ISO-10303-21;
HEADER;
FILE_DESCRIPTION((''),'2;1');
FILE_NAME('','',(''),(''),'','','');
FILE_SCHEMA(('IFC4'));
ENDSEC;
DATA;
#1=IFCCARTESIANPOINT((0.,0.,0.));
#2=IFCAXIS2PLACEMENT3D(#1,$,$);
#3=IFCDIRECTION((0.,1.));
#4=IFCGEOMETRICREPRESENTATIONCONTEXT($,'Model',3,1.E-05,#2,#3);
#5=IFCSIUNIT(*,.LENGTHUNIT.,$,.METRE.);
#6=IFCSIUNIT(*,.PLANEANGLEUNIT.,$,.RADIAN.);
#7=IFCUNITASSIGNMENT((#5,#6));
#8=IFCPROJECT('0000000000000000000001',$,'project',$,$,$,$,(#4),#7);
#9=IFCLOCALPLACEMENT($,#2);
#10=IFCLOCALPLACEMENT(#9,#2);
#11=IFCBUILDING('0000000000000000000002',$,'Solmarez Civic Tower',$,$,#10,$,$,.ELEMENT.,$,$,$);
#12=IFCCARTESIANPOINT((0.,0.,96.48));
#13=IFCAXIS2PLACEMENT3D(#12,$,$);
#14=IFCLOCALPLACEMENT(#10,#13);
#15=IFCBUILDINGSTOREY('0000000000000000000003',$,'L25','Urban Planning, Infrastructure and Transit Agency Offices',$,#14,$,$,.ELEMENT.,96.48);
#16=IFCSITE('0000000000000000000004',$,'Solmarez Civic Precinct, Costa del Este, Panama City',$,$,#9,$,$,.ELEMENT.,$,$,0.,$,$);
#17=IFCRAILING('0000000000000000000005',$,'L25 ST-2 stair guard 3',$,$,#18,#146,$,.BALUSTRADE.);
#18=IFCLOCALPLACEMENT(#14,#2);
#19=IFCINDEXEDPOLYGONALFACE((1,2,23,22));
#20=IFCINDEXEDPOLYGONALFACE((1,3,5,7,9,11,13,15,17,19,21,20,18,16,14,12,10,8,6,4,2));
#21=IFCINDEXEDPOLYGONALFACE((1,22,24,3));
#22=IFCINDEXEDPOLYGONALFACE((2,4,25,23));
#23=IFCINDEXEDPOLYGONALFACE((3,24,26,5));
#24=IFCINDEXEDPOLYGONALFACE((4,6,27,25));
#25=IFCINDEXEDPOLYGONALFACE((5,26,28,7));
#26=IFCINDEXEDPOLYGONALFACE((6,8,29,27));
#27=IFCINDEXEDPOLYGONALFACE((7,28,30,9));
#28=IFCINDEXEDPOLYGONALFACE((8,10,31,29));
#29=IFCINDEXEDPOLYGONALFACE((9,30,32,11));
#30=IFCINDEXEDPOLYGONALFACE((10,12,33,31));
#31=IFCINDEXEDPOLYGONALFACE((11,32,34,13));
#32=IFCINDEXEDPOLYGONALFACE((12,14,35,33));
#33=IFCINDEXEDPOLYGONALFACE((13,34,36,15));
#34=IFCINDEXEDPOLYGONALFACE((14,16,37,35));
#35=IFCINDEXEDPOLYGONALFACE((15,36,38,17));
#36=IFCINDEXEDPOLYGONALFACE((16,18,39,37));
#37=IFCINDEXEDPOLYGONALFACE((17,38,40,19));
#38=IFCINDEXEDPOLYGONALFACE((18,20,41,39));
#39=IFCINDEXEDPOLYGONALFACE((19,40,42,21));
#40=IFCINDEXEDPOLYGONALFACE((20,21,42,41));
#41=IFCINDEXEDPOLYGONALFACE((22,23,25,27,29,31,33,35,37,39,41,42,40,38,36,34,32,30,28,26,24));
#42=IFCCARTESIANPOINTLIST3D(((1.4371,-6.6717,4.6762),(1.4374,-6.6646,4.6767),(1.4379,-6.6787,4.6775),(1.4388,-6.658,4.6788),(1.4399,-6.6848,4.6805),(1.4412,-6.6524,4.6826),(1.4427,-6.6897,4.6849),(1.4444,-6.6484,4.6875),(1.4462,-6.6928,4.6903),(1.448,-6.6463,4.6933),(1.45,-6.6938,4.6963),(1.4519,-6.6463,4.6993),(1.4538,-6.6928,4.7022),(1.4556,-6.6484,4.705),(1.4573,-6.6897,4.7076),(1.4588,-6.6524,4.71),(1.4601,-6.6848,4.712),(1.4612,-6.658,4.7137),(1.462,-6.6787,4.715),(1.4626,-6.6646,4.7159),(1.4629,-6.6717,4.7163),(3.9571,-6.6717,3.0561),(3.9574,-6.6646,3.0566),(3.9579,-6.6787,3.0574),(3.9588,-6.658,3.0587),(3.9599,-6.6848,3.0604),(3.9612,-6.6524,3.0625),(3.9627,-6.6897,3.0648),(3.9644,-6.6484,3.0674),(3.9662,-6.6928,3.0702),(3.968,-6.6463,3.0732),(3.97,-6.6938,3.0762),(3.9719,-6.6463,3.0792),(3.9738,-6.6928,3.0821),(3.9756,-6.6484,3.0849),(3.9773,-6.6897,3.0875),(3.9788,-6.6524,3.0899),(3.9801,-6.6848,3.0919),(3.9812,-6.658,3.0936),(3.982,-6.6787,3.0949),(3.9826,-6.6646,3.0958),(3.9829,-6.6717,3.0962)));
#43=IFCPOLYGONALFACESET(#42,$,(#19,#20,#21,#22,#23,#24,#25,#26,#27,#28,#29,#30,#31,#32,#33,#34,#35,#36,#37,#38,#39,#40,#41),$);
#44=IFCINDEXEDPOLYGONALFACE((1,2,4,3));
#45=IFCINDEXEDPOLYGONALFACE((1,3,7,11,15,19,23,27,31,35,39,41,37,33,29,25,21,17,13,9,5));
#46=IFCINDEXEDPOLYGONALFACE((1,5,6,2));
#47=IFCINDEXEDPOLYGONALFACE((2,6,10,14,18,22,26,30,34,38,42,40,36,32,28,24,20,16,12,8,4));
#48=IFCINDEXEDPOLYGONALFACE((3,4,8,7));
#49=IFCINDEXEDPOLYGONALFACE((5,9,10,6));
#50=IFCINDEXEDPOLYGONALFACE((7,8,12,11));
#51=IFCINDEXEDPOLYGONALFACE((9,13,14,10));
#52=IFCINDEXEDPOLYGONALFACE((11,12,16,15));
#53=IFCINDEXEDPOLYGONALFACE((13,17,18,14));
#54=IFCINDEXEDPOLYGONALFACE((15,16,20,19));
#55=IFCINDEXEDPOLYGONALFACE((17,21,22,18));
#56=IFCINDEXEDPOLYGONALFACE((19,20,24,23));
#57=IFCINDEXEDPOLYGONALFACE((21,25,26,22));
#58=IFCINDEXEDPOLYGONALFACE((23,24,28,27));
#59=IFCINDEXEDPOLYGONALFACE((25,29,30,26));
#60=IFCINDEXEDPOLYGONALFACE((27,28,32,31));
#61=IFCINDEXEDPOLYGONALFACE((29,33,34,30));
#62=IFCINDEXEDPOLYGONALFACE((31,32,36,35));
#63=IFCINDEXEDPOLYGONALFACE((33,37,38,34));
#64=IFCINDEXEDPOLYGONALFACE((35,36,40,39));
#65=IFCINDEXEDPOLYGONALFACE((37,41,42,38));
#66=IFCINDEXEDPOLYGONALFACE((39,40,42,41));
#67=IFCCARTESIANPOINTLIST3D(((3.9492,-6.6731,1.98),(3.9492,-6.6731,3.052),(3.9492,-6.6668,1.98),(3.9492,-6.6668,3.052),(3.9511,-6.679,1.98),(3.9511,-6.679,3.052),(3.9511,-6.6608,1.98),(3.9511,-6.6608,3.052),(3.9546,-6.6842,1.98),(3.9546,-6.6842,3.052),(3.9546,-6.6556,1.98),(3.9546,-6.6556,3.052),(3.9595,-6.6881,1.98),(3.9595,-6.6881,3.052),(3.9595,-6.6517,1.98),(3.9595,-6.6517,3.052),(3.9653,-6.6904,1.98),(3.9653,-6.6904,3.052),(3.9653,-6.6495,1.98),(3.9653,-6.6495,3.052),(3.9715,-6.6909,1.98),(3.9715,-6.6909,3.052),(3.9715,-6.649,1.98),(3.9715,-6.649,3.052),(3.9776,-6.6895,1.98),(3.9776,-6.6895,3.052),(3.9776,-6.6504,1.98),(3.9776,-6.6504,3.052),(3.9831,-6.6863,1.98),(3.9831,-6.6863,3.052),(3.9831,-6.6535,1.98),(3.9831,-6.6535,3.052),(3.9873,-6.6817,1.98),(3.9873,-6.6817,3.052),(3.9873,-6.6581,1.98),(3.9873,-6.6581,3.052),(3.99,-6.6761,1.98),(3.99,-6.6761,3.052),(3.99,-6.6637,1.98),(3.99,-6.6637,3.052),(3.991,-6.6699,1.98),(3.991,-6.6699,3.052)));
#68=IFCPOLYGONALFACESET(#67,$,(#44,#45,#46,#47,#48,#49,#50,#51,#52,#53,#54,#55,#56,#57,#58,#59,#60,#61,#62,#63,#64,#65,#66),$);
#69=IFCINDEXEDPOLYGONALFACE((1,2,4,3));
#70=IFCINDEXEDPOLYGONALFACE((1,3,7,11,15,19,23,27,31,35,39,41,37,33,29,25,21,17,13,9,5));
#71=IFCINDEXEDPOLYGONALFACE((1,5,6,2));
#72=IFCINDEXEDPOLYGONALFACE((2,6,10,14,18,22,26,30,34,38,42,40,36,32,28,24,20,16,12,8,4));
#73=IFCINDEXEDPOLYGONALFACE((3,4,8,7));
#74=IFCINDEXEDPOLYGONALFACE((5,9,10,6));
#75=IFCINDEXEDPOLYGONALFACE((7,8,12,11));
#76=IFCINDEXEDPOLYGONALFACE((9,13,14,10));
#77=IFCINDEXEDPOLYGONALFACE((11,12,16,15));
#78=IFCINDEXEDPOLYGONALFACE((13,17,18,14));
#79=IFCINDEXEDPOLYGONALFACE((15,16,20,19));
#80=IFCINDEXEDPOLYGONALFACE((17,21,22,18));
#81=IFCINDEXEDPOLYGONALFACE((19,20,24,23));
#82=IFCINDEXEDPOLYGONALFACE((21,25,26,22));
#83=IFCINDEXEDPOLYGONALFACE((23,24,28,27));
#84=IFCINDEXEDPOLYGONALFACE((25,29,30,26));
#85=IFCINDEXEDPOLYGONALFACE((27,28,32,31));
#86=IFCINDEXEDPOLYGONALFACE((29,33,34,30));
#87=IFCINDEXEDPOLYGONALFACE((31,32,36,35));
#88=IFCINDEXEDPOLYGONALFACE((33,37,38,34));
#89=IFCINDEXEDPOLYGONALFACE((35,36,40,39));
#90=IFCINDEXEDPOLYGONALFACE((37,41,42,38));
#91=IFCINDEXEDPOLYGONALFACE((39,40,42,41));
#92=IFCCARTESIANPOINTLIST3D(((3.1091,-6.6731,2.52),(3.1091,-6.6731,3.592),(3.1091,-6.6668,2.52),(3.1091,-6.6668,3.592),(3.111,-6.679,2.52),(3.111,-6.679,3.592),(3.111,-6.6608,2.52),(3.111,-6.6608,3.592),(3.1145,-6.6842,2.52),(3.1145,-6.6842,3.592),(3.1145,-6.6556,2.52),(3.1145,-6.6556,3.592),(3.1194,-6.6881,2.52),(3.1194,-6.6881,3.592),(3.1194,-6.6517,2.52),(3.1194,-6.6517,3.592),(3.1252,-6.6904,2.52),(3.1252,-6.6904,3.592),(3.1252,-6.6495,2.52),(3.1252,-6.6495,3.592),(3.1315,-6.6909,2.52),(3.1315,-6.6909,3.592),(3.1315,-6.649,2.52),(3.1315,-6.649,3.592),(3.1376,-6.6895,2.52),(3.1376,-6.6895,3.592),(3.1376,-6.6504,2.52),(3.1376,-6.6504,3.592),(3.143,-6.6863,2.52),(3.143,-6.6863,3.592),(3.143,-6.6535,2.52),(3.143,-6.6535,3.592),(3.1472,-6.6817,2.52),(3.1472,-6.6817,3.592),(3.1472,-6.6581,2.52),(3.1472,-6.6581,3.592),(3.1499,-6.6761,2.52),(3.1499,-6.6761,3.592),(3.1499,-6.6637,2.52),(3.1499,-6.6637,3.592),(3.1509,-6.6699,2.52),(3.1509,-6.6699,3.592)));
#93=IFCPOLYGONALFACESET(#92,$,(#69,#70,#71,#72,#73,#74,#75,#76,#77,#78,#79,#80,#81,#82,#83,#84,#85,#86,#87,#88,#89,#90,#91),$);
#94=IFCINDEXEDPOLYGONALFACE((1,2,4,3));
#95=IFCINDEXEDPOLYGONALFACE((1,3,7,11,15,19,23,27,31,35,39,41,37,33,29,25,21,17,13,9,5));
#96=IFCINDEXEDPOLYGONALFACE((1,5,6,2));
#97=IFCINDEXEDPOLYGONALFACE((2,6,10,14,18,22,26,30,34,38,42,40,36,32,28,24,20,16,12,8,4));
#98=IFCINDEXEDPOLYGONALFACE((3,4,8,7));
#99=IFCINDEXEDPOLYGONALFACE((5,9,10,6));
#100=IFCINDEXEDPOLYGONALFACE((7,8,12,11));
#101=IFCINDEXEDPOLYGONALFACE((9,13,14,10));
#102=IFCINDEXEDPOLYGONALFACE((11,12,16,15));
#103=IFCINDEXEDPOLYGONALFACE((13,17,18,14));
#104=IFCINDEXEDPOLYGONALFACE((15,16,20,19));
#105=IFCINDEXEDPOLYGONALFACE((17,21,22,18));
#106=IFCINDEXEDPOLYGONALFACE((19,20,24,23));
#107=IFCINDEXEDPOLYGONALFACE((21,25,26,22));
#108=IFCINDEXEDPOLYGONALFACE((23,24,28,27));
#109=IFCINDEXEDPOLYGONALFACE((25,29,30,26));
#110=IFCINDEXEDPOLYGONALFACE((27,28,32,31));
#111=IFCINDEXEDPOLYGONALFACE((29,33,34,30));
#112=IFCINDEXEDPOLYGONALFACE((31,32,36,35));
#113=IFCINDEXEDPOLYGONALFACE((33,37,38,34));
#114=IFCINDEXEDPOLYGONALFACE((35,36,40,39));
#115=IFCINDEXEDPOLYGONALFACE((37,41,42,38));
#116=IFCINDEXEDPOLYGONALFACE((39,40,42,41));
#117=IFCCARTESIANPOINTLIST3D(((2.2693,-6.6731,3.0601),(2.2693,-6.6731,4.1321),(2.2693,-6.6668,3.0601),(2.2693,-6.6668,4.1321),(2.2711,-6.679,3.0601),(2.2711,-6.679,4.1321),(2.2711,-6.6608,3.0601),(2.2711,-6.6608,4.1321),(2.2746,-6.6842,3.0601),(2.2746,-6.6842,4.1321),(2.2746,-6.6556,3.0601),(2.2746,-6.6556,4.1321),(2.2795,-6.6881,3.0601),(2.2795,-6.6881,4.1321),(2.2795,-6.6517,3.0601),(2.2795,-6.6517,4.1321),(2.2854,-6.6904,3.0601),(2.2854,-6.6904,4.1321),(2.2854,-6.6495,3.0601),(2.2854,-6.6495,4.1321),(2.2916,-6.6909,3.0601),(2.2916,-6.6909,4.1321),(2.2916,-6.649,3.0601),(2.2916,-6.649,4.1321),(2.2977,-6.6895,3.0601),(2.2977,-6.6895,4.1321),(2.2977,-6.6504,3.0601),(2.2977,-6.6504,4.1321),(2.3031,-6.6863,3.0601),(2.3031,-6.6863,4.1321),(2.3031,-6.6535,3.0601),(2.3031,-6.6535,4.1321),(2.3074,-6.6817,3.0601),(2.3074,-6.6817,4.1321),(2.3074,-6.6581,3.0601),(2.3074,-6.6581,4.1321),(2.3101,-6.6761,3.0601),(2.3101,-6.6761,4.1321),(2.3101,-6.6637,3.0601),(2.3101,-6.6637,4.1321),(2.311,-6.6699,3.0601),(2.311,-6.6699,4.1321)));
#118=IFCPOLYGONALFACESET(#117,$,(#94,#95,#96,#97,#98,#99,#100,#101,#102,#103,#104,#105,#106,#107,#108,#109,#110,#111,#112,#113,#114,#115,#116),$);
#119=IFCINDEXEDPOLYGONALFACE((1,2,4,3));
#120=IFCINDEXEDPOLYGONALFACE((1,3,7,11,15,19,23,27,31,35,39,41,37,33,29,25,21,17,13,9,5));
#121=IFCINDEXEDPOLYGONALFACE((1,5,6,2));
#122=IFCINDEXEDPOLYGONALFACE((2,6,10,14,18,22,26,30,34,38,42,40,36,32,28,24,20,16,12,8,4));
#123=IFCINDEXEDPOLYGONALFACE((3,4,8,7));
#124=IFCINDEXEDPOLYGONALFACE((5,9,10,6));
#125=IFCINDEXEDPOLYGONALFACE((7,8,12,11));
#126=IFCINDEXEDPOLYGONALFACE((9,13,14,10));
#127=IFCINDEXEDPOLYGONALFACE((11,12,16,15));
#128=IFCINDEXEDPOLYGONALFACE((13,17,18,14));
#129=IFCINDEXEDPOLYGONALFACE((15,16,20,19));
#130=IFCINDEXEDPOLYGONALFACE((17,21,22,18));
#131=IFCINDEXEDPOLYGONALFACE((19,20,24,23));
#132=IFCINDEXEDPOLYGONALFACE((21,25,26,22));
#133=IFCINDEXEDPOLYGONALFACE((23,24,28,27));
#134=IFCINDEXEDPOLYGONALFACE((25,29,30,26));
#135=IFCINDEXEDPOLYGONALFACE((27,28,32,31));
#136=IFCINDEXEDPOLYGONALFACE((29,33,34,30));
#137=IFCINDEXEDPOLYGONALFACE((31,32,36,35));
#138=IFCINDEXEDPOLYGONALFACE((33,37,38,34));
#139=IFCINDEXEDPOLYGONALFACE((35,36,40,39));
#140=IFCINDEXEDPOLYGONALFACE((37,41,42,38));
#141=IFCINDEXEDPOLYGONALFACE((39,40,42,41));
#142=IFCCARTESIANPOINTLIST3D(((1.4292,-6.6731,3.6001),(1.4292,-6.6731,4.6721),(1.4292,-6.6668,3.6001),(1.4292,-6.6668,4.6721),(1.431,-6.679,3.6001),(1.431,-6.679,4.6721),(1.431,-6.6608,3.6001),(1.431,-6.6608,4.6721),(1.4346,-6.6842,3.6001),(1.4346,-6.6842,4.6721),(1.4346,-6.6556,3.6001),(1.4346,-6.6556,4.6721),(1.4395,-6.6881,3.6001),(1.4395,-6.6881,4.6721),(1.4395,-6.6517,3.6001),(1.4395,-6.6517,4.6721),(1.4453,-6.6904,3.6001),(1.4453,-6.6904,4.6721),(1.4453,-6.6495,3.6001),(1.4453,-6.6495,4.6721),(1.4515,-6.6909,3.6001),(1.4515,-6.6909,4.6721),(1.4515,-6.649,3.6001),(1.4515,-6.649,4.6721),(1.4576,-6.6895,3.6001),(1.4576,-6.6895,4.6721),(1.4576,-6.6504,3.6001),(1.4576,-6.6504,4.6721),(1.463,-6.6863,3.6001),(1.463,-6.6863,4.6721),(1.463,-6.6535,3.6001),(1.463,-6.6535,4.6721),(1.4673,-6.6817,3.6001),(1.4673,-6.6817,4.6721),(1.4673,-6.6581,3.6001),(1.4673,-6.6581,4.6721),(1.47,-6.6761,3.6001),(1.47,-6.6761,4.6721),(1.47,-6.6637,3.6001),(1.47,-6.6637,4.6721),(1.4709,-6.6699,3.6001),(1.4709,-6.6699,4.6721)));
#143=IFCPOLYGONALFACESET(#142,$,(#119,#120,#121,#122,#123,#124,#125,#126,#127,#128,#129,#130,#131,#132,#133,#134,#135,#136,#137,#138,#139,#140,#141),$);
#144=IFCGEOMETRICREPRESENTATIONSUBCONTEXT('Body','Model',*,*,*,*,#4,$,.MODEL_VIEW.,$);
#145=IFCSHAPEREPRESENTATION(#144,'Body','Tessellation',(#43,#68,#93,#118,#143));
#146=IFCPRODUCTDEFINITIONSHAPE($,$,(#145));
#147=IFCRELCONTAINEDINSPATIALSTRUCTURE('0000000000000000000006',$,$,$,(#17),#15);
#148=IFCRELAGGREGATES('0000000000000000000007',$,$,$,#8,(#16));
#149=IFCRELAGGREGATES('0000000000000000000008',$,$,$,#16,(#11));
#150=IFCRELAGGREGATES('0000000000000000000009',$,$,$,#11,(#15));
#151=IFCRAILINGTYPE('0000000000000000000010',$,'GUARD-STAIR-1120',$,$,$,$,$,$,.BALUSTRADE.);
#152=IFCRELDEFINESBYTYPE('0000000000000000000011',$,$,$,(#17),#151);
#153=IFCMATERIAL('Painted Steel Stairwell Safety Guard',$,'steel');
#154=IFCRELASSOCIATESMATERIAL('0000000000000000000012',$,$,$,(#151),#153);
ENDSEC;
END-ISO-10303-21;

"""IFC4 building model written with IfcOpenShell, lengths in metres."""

from ifc_helpers import new_model, si_unit, direction, frame, origin, origin_2d, place, context, subcontext, project, spatial, circle, extrude, material, type_object, element, save


model = new_model("IFC4")

# Units and contexts
model_context = context("Model", 3, precision=1e-05, world=origin(), true_north=direction((0.0, 1.0)))
body_context = subcontext(model_context, "Body", "Model", "MODEL_VIEW")
ifc_project = project(units=[si_unit("LENGTHUNIT", "METRE"), si_unit("PLANEANGLEUNIT", "RADIAN")], contexts=[model_context])

# Site, building, storey
site_placement = place(None, origin())
site = spatial("IfcSite", under=ifc_project, at=site_placement, Name="Solmarez Civic Precinct, Costa del Este, Panama City", CompositionType="ELEMENT", RefElevation=0.0)
building_placement = place(site_placement, origin())
building = spatial("IfcBuilding", under=site, at=building_placement, Name="Solmarez Civic Tower", CompositionType="ELEMENT")
storey_placement = place(building_placement, frame((0.0, 0.0, 96.48)))
storey = spatial("IfcBuildingStorey", under=building, at=storey_placement, Name="L25", Description="Urban Planning, Infrastructure and Transit Agency Offices", CompositionType="ELEMENT", Elevation=96.48)

# Railing
ifc_material_1 = material(Name="Painted Steel Stairwell Safety Guard", Category="steel")
railing_type_1 = type_object("IfcRailingType", Name="GUARD-STAIR-1120", PredefinedType="BALUSTRADE", material=ifc_material_1)
railing_1_placement = place(storey_placement, frame((3.97, -6.6699, 1.98)))
element("IfcRailing", 1, at=railing_1_placement, inside=storey, type_object=railing_type_1, Name="L25 ST-2 stair guard 3", PredefinedType="BALUSTRADE", context=body_context, shape_type="SweptSolid", body=[
    extrude(circle(Radius=0.0239, at=origin_2d()), frame((0.0, 0.0, 1.0962), z_axis=(-0.841163, 0.0, 0.540782), x_axis=(0.0, -1.0, 0.0)), (0.0, 0.0, 1.0), 2.9958),
    extrude(circle(Radius=0.021, at=origin_2d()), origin(), (0.0, 0.0, 1.0), 1.072),
    extrude(circle(Radius=0.021, at=origin_2d()), frame((-0.8401, 0.0, 0.54)), (0.0, 0.0, 1.0), 1.072),
    extrude(circle(Radius=0.021, at=origin_2d()), frame((-1.6799, 0.0, 1.0801)), (0.0, 0.0, 1.0), 1.072),
    extrude(circle(Radius=0.021, at=origin_2d()), frame((-2.52, 0.0, 1.6201)), (0.0, 0.0, 1.0), 1.072),
])

save(model, "model.ifc")
